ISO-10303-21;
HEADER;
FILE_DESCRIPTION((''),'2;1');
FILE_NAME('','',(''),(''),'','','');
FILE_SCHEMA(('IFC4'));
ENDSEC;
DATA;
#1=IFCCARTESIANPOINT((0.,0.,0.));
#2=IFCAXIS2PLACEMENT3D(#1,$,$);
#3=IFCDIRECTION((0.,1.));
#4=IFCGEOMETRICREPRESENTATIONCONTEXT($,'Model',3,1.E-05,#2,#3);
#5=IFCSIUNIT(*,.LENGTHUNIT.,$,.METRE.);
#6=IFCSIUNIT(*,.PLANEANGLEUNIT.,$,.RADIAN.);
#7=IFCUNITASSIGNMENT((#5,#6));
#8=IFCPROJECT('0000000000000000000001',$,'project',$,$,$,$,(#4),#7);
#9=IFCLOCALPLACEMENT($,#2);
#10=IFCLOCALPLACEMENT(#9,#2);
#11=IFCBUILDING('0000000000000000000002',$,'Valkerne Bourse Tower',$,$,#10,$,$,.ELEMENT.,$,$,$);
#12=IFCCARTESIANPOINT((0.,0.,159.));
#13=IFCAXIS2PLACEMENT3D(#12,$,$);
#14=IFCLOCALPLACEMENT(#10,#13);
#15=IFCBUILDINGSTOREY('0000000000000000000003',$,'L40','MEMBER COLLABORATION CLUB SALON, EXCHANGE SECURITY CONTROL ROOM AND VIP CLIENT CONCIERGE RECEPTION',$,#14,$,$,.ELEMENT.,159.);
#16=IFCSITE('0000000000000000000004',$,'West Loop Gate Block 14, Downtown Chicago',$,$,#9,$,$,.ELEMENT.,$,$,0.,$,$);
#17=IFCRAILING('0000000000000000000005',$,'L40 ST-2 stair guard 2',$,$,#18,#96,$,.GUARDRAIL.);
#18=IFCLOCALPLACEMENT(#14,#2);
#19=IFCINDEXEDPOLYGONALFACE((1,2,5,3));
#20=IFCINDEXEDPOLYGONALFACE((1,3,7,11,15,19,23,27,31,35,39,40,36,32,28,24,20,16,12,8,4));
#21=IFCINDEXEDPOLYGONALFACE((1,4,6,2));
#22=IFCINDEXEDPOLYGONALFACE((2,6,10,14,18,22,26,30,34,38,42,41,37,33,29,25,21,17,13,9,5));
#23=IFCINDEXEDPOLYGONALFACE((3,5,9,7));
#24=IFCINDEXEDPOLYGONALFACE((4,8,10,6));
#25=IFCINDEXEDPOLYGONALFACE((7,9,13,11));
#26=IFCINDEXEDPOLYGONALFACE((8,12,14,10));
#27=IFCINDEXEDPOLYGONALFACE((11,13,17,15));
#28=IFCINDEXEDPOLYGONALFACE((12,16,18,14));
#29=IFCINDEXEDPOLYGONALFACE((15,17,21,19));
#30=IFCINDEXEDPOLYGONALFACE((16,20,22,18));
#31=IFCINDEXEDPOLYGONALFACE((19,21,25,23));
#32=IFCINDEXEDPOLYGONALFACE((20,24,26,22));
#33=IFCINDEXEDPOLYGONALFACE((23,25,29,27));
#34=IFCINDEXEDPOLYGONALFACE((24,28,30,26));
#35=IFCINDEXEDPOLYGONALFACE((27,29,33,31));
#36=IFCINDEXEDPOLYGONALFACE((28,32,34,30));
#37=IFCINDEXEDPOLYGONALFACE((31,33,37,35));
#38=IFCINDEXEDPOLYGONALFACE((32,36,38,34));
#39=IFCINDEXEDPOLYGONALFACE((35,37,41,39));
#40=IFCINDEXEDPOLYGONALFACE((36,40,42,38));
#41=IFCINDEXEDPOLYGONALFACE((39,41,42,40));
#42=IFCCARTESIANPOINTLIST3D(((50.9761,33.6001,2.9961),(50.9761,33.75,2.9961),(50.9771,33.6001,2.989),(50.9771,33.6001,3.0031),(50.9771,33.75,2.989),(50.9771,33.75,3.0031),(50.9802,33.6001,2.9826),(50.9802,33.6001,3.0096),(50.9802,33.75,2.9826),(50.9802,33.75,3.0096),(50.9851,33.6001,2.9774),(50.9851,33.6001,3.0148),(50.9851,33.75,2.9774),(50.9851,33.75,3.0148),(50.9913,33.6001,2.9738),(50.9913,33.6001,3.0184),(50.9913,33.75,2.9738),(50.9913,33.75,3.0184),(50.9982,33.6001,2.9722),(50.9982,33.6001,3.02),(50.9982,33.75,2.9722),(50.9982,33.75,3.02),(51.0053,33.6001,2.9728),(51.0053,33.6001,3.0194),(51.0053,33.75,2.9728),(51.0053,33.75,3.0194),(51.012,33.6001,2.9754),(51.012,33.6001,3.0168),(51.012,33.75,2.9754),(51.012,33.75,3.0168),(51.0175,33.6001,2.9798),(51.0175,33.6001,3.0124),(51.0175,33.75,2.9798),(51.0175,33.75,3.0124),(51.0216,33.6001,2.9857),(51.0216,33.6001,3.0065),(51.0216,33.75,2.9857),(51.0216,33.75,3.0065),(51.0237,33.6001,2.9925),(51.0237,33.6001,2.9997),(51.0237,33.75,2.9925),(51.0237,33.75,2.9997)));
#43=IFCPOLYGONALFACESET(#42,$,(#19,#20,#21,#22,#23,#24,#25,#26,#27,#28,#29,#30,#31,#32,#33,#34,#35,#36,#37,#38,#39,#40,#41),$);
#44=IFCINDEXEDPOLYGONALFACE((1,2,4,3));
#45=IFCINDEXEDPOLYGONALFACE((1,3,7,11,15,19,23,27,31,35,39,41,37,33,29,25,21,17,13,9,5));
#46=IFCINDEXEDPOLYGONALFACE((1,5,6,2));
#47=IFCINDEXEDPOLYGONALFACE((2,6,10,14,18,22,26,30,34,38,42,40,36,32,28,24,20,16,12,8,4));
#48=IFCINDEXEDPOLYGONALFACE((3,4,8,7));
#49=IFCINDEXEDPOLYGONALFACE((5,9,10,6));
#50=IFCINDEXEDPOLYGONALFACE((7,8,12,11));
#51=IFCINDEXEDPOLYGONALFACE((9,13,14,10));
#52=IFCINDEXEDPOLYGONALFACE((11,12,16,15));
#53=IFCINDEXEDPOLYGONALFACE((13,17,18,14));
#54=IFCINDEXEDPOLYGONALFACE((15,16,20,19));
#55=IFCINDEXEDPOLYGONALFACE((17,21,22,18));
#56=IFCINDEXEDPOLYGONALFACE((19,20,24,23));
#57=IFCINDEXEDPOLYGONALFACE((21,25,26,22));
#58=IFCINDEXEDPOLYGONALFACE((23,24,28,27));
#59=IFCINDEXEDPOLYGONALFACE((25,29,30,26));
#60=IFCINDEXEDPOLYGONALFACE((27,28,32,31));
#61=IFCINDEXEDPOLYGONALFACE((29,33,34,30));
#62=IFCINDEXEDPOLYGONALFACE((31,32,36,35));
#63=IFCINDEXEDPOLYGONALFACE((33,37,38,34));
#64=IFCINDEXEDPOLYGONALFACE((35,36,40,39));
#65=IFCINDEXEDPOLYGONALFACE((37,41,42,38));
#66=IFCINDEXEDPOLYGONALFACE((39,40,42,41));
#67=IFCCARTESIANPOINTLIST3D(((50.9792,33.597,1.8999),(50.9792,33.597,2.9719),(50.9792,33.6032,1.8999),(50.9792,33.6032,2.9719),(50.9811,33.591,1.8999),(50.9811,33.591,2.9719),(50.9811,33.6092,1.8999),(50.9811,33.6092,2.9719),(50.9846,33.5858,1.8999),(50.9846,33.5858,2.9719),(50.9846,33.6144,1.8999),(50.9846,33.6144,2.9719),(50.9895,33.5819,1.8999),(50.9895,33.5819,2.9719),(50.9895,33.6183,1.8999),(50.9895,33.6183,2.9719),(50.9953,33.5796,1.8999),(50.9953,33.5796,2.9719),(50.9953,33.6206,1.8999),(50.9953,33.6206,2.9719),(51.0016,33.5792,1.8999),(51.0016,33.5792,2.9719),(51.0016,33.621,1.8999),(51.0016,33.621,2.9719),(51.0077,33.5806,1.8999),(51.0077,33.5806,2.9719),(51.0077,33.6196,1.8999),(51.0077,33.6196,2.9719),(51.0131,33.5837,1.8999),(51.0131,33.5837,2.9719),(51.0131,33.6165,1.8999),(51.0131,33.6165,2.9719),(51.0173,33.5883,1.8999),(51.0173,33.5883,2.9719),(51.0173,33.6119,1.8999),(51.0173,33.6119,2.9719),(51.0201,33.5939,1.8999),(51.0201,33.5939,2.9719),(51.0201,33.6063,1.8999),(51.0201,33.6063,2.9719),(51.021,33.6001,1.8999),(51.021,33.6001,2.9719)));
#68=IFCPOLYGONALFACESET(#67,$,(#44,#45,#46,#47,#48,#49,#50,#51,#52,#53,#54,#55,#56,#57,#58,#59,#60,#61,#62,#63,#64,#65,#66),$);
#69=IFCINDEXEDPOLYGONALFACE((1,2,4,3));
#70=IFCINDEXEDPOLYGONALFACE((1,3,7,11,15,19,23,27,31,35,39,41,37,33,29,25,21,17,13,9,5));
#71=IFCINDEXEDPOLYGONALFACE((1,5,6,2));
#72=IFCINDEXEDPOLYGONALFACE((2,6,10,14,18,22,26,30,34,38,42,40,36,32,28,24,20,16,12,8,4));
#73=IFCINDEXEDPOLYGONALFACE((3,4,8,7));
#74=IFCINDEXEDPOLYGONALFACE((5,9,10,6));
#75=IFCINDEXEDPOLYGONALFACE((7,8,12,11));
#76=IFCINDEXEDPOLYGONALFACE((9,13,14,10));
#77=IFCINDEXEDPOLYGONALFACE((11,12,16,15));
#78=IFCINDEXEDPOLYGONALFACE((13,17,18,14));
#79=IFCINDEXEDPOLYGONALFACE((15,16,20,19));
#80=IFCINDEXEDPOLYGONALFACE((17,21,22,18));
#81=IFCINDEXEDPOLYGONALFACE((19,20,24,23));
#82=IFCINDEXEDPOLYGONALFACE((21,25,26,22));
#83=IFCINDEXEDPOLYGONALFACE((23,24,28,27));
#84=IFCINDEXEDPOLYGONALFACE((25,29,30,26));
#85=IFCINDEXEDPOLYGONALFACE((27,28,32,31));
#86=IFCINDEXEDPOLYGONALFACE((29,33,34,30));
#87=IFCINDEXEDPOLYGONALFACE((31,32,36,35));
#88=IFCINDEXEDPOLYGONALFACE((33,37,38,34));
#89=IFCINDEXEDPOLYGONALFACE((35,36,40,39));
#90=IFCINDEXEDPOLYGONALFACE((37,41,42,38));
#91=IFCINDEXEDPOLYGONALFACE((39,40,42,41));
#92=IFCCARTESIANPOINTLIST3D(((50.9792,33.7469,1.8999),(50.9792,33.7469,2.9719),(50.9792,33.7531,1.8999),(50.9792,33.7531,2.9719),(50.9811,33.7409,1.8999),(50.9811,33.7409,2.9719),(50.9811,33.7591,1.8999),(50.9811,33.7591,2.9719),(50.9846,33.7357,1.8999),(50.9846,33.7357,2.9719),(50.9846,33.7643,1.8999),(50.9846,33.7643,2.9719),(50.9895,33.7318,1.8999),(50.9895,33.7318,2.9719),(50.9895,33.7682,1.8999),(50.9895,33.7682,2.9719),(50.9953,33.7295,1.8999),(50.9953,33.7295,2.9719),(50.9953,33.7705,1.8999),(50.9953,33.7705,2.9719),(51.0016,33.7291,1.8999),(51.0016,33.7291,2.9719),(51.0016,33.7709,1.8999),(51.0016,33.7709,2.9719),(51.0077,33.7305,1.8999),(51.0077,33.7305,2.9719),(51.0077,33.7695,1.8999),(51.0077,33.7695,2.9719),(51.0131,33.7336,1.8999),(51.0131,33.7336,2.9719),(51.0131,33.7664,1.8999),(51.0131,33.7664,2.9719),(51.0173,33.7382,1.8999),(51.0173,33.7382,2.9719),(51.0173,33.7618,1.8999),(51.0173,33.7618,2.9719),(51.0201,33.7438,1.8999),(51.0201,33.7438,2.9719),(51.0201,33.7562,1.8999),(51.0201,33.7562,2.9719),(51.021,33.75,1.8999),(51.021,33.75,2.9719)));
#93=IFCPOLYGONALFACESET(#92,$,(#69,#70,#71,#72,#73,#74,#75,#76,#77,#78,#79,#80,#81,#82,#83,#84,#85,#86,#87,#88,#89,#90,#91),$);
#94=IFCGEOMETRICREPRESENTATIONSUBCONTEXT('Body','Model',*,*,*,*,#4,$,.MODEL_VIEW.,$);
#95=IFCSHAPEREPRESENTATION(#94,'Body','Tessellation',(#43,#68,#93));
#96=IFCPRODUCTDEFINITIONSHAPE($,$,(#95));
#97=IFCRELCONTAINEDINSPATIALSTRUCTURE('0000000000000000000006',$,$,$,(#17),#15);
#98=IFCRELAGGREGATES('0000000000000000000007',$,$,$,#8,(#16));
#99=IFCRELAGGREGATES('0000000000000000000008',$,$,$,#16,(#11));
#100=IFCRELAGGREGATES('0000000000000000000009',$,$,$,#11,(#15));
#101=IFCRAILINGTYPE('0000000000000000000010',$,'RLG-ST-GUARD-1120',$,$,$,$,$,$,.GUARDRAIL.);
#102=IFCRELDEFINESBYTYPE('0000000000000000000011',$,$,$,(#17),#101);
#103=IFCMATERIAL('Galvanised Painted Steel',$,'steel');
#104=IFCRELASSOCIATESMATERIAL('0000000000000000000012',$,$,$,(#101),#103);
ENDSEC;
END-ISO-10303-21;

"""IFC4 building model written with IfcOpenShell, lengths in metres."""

from ifc_helpers import new_model, si_unit, direction, frame, origin, origin_2d, place, context, subcontext, project, spatial, circle, extrude, material, type_object, element, save


model = new_model("IFC4")

# Units and contexts
model_context = context("Model", 3, precision=1e-05, world=origin(), true_north=direction((0.0, 1.0)))
body_context = subcontext(model_context, "Body", "Model", "MODEL_VIEW")
ifc_project = project(units=[si_unit("LENGTHUNIT", "METRE"), si_unit("PLANEANGLEUNIT", "RADIAN")], contexts=[model_context])

# Site, building, storey
site_placement = place(None, origin())
site = spatial("IfcSite", under=ifc_project, at=site_placement, Name="West Loop Gate Block 14, Downtown Chicago", CompositionType="ELEMENT", RefElevation=0.0)
building_placement = place(site_placement, origin())
building = spatial("IfcBuilding", under=site, at=building_placement, Name="Valkerne Bourse Tower", CompositionType="ELEMENT")
storey_placement = place(building_placement, frame((0.0, 0.0, 159.0)))
storey = spatial("IfcBuildingStorey", under=building, at=storey_placement, Name="L40", Description="MEMBER COLLABORATION CLUB SALON, EXCHANGE SECURITY CONTROL ROOM AND VIP CLIENT CONCIERGE RECEPTION", CompositionType="ELEMENT", Elevation=159.0)

# Railing
ifc_material_1 = material(Name="Galvanised Painted Steel", Category="steel")
railing_type = type_object("IfcRailingType", Name="RLG-ST-GUARD-1120", PredefinedType="GUARDRAIL", material=ifc_material_1)
railing_1_placement = place(storey_placement, frame((51.0, 33.6001, 1.8999)))
element("IfcRailing", 1, at=railing_1_placement, inside=storey, type_object=railing_type, Name="L40 ST-2 stair guard 2", PredefinedType="GUARDRAIL", context=body_context, shape_type="SweptSolid", body=[
    extrude(circle(Radius=0.0239, at=origin_2d()), frame((0.0, 0.0, 1.0962), z_axis=(0.0, 1.0, 0.0), x_axis=(-1.0, 0.0, 0.0)), (0.0, 0.0, 1.0), 0.1499),
    extrude(circle(Radius=0.021, at=origin_2d()), origin(), (0.0, 0.0, 1.0), 1.072),
    extrude(circle(Radius=0.021, at=origin_2d()), frame((0.0, 0.1499, 0.0)), (0.0, 0.0, 1.0), 1.072),
])

save(model, "model.ifc")
